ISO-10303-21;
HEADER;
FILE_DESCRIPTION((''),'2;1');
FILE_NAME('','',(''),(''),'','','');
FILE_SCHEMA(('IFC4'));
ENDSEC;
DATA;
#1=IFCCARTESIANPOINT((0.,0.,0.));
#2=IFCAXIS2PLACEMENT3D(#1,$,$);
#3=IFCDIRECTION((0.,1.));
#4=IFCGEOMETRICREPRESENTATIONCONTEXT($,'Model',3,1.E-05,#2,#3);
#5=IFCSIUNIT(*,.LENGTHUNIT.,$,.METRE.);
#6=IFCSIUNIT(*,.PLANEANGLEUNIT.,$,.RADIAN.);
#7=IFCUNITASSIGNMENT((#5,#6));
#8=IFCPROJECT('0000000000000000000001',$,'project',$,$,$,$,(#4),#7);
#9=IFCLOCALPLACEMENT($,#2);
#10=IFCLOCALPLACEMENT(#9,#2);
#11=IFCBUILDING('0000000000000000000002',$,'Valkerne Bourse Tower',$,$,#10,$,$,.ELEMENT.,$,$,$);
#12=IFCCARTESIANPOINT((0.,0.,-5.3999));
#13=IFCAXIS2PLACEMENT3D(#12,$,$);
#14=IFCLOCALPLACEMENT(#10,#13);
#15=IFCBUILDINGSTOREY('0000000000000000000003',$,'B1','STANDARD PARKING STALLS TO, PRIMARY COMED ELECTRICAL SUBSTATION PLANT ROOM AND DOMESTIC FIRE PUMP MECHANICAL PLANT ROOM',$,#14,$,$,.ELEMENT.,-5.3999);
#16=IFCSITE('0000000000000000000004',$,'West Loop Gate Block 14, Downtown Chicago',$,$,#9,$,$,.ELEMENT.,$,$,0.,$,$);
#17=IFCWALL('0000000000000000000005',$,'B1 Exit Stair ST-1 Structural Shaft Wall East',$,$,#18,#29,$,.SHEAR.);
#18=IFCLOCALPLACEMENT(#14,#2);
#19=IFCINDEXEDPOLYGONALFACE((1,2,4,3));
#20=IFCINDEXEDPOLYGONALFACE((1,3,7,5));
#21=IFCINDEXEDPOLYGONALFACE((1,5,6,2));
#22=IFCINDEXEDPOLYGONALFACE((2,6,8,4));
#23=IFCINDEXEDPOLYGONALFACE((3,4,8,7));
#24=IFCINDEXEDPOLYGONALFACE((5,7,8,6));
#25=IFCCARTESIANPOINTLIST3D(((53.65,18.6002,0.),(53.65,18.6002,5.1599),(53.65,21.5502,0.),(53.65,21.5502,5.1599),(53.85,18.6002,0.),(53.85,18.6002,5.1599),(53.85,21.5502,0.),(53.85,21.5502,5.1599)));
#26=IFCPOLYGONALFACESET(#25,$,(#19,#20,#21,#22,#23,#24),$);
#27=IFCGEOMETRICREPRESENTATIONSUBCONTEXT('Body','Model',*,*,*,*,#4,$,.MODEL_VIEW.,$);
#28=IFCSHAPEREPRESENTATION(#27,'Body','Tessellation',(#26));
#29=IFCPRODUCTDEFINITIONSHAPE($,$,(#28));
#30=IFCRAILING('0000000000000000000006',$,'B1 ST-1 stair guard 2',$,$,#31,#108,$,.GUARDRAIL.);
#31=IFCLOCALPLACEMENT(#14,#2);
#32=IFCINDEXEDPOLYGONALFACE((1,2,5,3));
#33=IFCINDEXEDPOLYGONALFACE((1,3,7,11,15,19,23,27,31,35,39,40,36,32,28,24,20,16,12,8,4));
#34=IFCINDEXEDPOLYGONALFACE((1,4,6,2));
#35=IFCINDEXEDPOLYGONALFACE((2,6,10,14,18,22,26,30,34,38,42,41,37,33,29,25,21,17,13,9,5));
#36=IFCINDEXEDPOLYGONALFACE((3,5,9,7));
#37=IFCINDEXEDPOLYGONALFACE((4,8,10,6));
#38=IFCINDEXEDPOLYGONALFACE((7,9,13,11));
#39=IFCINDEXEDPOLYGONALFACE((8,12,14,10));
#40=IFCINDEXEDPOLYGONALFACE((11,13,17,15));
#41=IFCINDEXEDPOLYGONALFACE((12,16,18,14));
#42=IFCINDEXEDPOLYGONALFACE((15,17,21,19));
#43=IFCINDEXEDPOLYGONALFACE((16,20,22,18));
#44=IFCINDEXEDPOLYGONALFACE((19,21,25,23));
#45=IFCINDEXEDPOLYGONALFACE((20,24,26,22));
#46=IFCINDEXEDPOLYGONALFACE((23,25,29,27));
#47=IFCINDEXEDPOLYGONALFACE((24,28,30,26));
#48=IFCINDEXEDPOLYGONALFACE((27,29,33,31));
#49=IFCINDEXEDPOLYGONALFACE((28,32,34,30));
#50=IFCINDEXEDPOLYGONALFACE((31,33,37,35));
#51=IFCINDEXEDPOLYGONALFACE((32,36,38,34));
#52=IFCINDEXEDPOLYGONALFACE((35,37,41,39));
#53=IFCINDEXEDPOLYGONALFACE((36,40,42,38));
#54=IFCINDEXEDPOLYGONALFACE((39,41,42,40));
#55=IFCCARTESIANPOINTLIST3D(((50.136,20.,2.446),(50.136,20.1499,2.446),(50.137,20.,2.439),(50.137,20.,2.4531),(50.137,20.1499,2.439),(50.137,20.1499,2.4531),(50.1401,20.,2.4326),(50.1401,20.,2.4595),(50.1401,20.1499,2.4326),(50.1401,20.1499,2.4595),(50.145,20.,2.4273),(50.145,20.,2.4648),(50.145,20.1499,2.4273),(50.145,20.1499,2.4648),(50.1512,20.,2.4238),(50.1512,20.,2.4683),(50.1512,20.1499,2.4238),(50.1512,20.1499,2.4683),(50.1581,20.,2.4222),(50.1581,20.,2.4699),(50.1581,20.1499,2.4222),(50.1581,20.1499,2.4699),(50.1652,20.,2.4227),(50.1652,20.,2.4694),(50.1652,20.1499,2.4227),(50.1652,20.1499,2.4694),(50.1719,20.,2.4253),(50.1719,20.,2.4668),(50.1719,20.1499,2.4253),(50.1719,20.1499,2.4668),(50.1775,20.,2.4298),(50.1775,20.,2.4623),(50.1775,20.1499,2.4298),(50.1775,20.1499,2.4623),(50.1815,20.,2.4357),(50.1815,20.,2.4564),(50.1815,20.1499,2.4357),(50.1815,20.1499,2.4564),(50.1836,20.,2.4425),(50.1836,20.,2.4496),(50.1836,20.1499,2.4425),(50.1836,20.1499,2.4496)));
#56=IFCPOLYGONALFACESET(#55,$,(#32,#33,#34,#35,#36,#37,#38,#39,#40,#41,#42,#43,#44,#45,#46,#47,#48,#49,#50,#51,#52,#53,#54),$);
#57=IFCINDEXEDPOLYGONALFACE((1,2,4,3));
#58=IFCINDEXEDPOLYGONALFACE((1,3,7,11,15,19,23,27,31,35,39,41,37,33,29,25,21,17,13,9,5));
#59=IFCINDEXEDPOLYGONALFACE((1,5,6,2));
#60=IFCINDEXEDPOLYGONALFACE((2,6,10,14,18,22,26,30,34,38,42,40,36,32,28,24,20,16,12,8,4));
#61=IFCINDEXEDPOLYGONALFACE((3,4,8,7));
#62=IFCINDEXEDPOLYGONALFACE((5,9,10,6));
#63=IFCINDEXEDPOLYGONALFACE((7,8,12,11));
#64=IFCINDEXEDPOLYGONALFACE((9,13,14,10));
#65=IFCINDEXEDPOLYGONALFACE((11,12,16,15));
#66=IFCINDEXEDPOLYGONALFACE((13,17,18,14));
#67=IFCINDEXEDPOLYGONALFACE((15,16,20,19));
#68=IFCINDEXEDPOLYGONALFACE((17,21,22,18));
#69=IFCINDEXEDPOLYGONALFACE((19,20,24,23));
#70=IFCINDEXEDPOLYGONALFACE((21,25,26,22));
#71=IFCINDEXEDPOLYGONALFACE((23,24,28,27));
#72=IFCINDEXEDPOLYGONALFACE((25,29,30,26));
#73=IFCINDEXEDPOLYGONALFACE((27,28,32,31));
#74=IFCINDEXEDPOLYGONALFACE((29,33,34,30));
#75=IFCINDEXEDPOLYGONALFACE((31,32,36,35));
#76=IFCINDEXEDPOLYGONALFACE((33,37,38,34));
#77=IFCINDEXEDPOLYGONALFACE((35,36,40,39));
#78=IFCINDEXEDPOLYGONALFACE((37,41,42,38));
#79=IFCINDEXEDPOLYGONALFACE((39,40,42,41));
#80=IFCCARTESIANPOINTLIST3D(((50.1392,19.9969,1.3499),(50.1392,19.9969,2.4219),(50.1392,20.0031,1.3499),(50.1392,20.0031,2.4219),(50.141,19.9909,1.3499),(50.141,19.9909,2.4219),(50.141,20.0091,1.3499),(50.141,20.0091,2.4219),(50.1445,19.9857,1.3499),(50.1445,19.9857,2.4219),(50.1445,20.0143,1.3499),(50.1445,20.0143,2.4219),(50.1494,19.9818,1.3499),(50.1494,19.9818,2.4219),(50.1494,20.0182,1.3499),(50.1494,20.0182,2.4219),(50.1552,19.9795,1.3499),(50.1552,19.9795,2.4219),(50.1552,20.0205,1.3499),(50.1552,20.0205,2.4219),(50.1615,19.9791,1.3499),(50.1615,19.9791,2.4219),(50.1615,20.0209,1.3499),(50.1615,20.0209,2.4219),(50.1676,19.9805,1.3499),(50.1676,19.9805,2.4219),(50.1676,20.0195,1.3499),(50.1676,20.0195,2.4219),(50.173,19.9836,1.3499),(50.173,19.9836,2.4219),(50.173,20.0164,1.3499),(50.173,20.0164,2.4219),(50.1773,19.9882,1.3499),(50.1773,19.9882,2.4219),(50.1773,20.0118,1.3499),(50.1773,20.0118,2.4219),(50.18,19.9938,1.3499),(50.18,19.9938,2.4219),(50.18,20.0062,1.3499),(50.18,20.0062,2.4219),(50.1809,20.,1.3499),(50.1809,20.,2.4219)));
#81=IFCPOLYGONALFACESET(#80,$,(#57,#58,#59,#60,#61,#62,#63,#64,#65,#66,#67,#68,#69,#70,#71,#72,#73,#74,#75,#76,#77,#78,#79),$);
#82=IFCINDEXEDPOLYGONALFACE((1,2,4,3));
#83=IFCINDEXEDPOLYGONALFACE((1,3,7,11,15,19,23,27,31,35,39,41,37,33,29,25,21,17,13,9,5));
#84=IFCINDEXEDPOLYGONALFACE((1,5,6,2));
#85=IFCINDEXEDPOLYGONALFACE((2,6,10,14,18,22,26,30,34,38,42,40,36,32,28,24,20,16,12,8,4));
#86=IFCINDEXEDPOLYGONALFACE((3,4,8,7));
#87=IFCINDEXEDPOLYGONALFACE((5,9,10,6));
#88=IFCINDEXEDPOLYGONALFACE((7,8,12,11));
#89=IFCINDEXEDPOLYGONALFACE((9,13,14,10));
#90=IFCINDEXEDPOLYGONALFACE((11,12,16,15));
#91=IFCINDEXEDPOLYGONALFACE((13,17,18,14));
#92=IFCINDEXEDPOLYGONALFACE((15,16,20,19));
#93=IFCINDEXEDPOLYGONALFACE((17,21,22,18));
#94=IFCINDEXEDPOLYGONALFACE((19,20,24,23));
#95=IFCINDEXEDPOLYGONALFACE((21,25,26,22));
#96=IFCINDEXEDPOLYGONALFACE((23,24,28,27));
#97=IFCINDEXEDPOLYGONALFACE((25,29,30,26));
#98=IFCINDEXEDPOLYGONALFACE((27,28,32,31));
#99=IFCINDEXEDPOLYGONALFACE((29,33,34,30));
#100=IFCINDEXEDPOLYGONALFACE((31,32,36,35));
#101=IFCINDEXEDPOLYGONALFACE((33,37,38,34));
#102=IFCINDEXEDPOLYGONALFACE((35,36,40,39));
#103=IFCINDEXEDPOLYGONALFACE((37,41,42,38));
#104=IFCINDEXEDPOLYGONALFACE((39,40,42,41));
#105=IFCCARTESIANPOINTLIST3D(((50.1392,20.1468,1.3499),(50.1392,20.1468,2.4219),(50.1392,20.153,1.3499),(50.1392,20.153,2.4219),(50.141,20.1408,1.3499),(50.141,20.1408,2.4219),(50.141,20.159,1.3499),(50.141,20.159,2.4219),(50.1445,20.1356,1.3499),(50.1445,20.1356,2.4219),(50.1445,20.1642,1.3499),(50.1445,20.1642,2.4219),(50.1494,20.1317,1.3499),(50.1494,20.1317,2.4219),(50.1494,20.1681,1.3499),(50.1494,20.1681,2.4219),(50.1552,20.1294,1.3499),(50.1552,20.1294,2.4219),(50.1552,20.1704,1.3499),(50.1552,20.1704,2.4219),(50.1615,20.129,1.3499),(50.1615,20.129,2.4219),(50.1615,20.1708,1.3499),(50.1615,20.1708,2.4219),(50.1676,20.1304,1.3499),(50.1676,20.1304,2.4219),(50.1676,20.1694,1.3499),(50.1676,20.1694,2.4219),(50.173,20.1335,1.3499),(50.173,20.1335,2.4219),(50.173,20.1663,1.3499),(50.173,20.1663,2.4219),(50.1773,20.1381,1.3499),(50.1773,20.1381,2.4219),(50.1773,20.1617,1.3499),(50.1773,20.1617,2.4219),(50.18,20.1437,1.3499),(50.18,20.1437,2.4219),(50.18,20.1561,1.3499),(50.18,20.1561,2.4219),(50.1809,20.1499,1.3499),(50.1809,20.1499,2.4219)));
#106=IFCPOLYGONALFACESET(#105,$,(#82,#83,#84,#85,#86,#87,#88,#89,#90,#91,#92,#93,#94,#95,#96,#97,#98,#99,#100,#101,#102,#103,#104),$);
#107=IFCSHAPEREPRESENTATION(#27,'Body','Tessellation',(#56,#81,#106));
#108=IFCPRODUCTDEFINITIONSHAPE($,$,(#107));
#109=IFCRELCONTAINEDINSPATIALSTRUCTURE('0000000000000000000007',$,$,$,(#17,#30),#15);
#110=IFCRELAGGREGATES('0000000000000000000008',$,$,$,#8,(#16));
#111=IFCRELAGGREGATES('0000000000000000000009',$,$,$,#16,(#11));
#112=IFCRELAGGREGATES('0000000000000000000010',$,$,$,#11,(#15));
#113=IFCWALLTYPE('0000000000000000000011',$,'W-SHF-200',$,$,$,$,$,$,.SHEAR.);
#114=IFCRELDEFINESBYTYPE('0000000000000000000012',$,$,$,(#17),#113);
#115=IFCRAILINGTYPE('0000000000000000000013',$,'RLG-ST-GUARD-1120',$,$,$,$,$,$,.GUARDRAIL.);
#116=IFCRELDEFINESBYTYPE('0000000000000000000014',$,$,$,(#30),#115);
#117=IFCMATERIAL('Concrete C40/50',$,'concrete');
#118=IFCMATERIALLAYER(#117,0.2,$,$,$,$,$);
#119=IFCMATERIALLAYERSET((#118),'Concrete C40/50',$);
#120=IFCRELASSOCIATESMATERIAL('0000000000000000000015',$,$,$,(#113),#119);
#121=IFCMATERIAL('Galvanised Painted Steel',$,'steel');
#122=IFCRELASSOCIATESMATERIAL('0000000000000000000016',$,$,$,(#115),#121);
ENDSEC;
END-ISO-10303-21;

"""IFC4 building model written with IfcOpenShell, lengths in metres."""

from ifc_helpers import new_model, si_unit, direction, frame, frame_2d, origin, origin_2d, place, context, subcontext, project, spatial, rectangle, circle, extrude, material, layer, layer_set, type_object, element, save


model = new_model("IFC4")

# Units and contexts
model_context = context("Model", 3, precision=1e-05, world=origin(), true_north=direction((0.0, 1.0)))
body_context = subcontext(model_context, "Body", "Model", "MODEL_VIEW")
ifc_project = project(units=[si_unit("LENGTHUNIT", "METRE"), si_unit("PLANEANGLEUNIT", "RADIAN")], contexts=[model_context])

# Site, building, storey
site_placement = place(None, origin())
site = spatial("IfcSite", under=ifc_project, at=site_placement, Name="West Loop Gate Block 14, Downtown Chicago", CompositionType="ELEMENT", RefElevation=0.0)
building_placement = place(site_placement, origin())
building = spatial("IfcBuilding", under=site, at=building_placement, Name="Valkerne Bourse Tower", CompositionType="ELEMENT")
storey_placement = place(building_placement, frame((0.0, 0.0, -5.3999)))
storey = spatial("IfcBuildingStorey", under=building, at=storey_placement, Name="B1", Description="STANDARD PARKING STALLS TO, PRIMARY COMED ELECTRICAL SUBSTATION PLANT ROOM AND DOMESTIC FIRE PUMP MECHANICAL PLANT ROOM", CompositionType="ELEMENT", Elevation=-5.3999)

# Shared definitions
ifc_material_1 = material(Name="Galvanised Painted Steel", Category="steel")

# Wall
ifc_material_2 = material(Name="Concrete C40/50", Category="concrete")
ifc_layer_1 = layer(ifc_material_2, 0.2)
ifc_layer_set_1 = layer_set([ifc_layer_1], Name="Concrete C40/50")
wall_type_1 = type_object("IfcWallType", Name="W-SHF-200", PredefinedType="SHEAR", material=ifc_layer_set_1)
wall_1_placement = place(storey_placement, frame((53.75, 18.6001, 0.0), z_axis=(0.0, 0.0, 1.0), x_axis=(0.0, 1.0, 0.0)))
element("IfcWall", 1, at=wall_1_placement, inside=storey, type_object=wall_type_1, Name="B1 Exit Stair ST-1 Structural Shaft Wall East", PredefinedType="SHEAR", context=body_context, shape_type="SweptSolid", body=[
    extrude(rectangle(XDim=2.95, YDim=0.2, at=frame_2d((1.4751, 0.0))), origin(), (0.0, 0.0, 1.0), 5.1599),
])

# Railing
railing_type = type_object("IfcRailingType", Name="RLG-ST-GUARD-1120", PredefinedType="GUARDRAIL", material=ifc_material_1)
railing_1_placement = place(storey_placement, frame((50.1599, 20.0, 1.3499)))
element("IfcRailing", 2, at=railing_1_placement, inside=storey, type_object=railing_type, Name="B1 ST-1 stair guard 2", PredefinedType="GUARDRAIL", context=body_context, shape_type="SweptSolid", body=[
    extrude(circle(Radius=0.0239, at=origin_2d()), frame((0.0, 0.0, 1.0962), z_axis=(0.0, 1.0, 0.0), x_axis=(-1.0, 0.0, 0.0)), (0.0, 0.0, 1.0), 0.1499),
    extrude(circle(Radius=0.021, at=origin_2d()), origin(), (0.0, 0.0, 1.0), 1.072),
    extrude(circle(Radius=0.021, at=origin_2d()), frame((0.0, 0.1499, 0.0)), (0.0, 0.0, 1.0), 1.072),
])

save(model, "model.ifc")
